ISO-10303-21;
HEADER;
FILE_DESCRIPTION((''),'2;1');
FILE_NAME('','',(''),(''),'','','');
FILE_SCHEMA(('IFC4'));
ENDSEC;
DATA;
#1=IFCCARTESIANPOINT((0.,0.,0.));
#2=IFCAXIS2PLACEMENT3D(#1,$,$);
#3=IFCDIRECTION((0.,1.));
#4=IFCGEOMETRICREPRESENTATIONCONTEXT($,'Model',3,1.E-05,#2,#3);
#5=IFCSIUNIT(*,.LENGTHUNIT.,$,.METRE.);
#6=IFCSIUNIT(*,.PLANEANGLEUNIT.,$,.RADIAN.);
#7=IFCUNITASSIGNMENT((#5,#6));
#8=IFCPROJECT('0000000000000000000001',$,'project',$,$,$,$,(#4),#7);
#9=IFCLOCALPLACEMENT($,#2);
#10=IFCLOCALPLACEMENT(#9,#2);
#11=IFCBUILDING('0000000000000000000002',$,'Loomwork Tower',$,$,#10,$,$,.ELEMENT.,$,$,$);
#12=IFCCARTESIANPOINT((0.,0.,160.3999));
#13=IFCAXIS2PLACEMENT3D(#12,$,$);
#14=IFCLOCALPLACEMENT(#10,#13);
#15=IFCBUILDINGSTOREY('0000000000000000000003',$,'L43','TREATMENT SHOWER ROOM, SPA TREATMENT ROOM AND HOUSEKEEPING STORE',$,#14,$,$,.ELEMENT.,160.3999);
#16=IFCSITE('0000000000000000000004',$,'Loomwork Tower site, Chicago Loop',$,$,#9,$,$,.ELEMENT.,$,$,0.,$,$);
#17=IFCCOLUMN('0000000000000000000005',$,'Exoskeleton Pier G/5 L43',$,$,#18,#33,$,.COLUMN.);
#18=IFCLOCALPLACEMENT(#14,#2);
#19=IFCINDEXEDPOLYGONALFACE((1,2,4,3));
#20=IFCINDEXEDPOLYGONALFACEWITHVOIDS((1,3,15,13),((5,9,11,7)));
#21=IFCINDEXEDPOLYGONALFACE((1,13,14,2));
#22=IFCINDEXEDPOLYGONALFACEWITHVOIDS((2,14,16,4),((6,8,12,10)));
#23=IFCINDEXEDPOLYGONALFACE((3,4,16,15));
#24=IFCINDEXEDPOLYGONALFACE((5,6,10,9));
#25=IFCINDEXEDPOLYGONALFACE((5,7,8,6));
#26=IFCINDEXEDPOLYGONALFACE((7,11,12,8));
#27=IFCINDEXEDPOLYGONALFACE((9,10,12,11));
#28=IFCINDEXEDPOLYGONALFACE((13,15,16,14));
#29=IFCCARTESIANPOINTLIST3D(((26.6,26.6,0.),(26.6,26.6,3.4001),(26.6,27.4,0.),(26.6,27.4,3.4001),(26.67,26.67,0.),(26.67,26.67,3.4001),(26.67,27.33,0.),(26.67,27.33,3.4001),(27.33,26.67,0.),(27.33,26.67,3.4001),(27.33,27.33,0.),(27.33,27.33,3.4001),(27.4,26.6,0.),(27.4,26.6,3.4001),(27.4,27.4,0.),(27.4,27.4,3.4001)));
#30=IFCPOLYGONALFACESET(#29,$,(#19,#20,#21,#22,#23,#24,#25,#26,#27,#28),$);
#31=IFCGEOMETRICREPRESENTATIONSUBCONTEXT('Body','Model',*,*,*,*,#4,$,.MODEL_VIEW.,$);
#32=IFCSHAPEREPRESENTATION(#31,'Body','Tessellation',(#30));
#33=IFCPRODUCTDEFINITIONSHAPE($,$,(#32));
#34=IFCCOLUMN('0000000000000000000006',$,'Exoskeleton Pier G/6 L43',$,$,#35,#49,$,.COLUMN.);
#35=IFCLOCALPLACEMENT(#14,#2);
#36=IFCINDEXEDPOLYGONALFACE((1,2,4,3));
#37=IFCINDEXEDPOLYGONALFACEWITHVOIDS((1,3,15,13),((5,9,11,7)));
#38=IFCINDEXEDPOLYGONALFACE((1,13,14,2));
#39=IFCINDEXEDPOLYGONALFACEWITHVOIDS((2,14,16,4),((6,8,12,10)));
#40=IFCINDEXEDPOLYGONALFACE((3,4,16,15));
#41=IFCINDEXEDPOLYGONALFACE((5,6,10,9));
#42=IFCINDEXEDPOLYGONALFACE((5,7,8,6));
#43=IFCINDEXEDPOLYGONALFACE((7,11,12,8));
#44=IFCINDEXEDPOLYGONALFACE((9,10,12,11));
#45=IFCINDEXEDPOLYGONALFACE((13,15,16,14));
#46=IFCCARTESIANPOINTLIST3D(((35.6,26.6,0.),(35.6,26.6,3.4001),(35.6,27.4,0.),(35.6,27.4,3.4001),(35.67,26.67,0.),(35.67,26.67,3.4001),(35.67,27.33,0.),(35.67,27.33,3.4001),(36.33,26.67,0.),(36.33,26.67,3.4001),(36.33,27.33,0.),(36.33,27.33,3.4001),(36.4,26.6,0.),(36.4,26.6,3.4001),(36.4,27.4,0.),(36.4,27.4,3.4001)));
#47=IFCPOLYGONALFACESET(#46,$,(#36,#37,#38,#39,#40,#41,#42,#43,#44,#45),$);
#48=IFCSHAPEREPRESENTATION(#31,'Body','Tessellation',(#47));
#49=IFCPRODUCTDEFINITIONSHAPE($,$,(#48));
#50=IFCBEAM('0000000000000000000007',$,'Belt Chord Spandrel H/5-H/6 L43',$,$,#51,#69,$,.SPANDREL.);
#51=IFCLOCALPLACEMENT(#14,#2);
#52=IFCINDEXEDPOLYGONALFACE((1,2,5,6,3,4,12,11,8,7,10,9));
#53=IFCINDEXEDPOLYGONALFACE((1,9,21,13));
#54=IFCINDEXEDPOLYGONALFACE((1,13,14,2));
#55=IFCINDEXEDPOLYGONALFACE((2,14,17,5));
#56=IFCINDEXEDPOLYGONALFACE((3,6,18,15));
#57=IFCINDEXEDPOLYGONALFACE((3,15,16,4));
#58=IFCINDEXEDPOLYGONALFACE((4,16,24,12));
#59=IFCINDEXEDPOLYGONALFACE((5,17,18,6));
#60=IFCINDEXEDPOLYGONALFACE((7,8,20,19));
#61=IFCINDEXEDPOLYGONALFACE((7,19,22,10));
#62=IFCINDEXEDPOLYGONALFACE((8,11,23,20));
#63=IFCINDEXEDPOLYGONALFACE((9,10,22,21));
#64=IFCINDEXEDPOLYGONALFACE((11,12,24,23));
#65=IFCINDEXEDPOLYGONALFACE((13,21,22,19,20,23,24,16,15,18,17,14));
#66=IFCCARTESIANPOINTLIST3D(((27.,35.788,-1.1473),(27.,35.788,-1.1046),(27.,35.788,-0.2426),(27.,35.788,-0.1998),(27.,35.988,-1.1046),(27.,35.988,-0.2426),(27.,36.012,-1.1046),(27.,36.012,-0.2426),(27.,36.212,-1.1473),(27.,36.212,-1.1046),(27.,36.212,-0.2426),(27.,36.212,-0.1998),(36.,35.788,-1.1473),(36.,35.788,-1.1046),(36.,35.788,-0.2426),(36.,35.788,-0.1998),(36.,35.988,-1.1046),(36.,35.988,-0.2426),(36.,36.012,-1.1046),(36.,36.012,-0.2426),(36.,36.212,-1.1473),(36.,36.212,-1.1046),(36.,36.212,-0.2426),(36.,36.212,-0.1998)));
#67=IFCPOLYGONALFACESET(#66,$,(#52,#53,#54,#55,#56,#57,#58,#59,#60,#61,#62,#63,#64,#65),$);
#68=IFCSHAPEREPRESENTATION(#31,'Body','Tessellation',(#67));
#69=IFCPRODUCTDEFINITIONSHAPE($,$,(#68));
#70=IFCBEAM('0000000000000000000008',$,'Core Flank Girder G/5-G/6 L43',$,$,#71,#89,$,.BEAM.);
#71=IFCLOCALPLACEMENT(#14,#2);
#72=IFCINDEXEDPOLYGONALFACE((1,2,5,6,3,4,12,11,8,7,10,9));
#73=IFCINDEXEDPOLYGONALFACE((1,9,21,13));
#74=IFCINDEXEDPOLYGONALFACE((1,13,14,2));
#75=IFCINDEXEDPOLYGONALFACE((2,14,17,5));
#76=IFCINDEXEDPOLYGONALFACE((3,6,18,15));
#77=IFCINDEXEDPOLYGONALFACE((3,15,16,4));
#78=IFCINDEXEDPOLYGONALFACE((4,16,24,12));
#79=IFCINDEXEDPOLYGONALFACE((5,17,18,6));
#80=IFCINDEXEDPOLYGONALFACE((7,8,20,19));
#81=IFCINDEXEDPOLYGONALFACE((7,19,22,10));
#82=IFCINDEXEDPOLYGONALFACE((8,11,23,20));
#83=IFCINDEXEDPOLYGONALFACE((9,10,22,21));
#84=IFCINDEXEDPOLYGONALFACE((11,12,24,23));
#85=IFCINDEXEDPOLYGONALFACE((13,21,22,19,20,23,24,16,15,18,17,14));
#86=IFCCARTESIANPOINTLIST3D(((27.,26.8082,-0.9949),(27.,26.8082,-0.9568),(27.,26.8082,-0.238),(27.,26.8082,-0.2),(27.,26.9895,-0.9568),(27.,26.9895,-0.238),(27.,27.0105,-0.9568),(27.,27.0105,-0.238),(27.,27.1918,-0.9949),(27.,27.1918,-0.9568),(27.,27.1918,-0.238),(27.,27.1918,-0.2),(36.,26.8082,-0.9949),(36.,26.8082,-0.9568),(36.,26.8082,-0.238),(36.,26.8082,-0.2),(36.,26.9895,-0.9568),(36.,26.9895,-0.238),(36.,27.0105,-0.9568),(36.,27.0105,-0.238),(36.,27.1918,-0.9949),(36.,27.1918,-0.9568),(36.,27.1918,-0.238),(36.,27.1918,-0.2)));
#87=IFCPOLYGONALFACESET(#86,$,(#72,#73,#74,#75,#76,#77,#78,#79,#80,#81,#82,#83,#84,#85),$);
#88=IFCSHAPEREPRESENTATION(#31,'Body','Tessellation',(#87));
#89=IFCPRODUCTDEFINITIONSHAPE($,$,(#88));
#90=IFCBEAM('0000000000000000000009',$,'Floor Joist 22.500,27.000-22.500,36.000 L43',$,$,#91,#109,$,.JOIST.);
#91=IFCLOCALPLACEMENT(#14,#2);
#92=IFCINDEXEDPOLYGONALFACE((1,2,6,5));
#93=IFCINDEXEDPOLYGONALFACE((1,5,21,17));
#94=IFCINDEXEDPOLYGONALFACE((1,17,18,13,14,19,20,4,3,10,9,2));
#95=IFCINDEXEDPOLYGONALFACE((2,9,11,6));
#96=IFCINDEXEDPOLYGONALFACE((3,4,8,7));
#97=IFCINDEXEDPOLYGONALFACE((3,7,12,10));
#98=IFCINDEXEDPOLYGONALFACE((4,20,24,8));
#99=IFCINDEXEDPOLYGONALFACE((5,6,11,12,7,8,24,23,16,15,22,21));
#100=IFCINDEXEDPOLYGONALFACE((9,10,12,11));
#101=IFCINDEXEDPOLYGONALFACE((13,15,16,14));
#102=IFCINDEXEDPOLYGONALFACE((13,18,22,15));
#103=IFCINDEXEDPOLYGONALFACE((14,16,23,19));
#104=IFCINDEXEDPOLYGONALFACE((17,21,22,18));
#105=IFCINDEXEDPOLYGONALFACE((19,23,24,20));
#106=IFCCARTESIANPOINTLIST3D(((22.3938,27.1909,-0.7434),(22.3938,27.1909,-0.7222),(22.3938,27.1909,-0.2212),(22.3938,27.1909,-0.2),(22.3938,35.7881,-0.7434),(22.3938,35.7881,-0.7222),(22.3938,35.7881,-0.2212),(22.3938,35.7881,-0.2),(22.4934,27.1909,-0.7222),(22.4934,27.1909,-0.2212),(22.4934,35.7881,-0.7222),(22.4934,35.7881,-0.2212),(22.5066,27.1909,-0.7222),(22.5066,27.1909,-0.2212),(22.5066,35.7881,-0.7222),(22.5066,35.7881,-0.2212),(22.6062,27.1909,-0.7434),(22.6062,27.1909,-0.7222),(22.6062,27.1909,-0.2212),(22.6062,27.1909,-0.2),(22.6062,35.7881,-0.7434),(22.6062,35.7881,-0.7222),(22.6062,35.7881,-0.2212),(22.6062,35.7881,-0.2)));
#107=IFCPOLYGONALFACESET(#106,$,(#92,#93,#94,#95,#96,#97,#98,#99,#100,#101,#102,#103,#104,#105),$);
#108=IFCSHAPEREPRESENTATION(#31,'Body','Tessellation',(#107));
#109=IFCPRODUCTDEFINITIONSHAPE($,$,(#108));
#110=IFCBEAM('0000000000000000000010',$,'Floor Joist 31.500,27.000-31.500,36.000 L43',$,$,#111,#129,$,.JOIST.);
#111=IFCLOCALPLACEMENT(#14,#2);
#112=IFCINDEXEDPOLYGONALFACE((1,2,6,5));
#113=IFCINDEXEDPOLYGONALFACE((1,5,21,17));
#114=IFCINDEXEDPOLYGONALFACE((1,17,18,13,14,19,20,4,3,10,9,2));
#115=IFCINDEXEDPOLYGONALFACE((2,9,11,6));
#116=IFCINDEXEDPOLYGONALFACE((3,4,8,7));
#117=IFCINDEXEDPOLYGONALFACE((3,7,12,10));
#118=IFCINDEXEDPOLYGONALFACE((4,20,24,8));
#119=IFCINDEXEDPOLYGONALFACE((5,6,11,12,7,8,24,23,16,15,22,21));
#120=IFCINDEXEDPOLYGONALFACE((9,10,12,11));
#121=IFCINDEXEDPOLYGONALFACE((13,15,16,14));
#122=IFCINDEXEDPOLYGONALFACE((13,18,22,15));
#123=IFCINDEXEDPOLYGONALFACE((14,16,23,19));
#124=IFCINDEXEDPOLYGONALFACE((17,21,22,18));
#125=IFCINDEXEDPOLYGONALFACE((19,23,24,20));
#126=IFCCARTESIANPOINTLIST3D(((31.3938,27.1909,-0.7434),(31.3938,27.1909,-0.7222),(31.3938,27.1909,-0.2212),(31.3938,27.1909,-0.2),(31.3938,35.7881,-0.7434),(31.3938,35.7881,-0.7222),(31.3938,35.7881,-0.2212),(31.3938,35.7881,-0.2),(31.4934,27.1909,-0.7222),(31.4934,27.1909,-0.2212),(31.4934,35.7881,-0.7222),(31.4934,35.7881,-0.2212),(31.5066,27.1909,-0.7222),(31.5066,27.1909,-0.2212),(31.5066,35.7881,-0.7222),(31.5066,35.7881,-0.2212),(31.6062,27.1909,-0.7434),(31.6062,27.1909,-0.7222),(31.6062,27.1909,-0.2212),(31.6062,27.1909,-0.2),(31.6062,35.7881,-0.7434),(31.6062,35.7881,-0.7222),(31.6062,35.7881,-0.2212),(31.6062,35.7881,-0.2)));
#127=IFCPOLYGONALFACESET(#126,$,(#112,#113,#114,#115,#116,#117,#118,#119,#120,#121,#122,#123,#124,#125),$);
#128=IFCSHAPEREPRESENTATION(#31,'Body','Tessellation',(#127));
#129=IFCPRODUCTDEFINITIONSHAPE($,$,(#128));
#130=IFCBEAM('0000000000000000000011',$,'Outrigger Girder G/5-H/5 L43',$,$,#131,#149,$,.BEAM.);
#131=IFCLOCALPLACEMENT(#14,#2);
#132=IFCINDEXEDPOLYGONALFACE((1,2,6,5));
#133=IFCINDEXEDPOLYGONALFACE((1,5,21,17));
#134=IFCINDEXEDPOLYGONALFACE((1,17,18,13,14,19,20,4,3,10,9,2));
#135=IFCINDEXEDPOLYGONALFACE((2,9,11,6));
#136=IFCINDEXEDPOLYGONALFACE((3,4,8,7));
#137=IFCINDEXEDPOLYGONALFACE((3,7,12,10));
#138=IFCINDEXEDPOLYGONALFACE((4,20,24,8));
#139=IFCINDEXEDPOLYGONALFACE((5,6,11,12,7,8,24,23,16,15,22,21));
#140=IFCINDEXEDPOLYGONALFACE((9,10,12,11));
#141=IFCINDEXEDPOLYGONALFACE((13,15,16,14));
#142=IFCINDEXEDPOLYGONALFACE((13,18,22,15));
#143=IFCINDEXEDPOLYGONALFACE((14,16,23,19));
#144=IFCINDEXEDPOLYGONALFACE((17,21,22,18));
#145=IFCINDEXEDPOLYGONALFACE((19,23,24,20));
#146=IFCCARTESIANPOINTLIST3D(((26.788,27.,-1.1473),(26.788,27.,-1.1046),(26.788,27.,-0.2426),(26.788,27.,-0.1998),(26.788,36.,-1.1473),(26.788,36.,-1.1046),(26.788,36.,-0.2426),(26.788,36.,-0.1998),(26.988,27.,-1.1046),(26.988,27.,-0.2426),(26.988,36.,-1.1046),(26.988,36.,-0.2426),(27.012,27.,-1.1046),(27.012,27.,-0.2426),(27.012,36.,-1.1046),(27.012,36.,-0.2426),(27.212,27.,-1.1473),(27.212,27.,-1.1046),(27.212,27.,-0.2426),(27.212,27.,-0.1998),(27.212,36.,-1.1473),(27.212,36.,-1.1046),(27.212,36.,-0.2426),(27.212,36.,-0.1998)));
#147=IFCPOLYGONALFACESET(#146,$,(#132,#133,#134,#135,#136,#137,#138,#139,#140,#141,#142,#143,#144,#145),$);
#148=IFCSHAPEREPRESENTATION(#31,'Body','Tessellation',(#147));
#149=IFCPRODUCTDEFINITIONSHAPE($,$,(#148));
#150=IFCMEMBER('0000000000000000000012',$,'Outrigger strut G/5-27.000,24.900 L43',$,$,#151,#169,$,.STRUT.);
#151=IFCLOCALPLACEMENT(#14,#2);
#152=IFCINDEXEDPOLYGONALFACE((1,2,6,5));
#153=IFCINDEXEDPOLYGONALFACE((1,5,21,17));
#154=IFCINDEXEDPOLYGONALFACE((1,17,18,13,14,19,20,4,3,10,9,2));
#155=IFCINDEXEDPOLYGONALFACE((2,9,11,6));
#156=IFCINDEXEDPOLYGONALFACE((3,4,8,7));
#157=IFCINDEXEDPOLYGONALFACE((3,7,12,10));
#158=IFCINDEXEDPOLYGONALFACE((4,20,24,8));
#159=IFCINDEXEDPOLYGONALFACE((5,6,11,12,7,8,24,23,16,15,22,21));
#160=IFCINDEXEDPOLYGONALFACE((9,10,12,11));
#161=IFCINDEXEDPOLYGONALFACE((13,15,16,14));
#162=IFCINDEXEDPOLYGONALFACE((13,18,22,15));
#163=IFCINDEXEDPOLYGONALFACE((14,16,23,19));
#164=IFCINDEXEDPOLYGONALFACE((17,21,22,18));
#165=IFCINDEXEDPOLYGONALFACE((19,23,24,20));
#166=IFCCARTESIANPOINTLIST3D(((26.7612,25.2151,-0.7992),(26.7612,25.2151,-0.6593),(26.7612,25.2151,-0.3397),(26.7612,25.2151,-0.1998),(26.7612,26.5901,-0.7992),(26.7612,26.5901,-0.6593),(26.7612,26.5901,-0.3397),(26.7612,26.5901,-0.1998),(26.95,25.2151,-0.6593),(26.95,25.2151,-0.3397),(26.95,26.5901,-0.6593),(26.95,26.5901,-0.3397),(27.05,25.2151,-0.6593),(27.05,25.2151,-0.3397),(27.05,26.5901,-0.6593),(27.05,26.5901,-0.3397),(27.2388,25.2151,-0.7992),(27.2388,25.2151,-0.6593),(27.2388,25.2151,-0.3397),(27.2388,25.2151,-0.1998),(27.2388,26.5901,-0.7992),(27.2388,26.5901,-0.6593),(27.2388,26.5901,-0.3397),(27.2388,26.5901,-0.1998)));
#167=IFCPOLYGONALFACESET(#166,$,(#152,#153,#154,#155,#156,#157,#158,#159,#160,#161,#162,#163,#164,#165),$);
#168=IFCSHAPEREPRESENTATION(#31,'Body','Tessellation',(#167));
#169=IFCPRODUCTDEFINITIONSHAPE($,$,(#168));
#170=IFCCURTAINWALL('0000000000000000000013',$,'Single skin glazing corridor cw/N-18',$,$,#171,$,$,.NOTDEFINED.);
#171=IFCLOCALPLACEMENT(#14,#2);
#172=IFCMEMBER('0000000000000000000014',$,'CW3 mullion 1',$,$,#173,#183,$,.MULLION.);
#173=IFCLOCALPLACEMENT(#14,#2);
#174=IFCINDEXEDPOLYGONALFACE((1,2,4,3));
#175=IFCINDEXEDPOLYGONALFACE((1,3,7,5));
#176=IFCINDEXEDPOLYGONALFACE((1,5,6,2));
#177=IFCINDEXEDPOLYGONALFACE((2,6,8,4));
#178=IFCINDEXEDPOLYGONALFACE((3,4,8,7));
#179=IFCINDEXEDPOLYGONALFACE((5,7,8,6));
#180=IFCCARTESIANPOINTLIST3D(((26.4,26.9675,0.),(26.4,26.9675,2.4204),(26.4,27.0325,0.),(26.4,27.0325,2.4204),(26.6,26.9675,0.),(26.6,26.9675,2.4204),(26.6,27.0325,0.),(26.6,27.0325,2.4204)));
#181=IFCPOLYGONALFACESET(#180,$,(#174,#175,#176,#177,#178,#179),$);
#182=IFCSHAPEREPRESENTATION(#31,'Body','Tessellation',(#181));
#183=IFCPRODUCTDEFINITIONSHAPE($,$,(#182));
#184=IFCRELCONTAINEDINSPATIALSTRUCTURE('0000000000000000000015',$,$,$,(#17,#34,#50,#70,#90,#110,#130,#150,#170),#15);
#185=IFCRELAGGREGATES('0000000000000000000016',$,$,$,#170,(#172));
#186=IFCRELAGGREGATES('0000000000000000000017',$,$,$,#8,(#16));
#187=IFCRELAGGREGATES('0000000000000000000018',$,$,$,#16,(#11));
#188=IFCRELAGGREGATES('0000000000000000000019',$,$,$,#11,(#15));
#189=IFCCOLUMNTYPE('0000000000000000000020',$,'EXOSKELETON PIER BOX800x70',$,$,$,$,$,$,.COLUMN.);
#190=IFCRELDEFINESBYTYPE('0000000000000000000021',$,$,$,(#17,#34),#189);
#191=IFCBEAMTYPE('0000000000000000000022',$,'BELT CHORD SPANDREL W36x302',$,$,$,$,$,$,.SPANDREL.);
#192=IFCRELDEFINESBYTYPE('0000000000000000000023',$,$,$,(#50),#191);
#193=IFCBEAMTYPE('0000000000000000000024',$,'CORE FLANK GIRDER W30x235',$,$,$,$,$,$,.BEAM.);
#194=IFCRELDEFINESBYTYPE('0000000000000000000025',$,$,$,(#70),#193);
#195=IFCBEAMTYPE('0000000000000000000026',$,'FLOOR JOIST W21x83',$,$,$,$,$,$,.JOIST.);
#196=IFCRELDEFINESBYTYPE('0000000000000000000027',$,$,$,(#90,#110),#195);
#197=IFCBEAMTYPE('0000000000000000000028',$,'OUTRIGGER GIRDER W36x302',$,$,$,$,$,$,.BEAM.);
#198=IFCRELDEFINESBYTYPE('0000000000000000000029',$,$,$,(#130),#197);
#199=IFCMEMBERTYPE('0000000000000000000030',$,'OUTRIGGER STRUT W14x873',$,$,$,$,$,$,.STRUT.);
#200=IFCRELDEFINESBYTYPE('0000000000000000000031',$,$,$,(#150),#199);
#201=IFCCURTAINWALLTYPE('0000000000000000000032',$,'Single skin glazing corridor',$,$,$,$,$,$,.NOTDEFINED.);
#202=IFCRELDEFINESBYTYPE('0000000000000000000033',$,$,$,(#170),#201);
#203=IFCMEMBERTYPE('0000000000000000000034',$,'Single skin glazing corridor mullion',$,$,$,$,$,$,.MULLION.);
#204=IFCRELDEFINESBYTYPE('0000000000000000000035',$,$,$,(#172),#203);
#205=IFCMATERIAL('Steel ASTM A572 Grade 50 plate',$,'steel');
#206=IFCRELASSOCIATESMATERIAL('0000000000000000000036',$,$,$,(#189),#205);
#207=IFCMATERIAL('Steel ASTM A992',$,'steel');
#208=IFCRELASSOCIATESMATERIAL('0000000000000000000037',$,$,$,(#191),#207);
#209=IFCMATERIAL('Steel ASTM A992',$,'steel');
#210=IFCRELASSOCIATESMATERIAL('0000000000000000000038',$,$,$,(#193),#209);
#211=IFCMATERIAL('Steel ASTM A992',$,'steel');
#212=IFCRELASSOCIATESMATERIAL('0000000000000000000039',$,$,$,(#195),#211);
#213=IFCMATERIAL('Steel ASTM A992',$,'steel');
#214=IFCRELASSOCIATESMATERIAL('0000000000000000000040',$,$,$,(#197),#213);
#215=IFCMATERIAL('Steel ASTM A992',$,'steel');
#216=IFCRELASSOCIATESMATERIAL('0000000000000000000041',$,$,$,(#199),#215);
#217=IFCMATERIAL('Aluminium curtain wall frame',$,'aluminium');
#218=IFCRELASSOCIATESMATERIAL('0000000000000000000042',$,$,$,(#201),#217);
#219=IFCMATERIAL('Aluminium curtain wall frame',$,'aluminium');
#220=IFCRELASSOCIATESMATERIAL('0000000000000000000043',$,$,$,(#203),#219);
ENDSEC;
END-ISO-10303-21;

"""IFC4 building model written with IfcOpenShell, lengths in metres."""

from ifc_helpers import new_model, si_unit, direction, frame, origin, origin_2d, place, context, subcontext, project, spatial, rectangle, hollow_rectangle, i_section, extrude, material, material_profile, profile_set, type_object, element, aggregate, save


model = new_model("IFC4")

# Units and contexts
model_context = context("Model", 3, precision=1e-05, world=origin(), true_north=direction((0.0, 1.0)))
body_context = subcontext(model_context, "Body", "Model", "MODEL_VIEW")
ifc_project = project(units=[si_unit("LENGTHUNIT", "METRE"), si_unit("PLANEANGLEUNIT", "RADIAN")], contexts=[model_context])

# Site, building, storey
site_placement = place(None, origin())
site = spatial("IfcSite", under=ifc_project, at=site_placement, Name="Loomwork Tower site, Chicago Loop", CompositionType="ELEMENT", RefElevation=0.0)
building_placement = place(site_placement, origin())
building = spatial("IfcBuilding", under=site, at=building_placement, Name="Loomwork Tower", CompositionType="ELEMENT")
storey_placement = place(building_placement, frame((0.0, 0.0, 160.3999)))
storey = spatial("IfcBuildingStorey", under=building, at=storey_placement, Name="L43", Description="TREATMENT SHOWER ROOM, SPA TREATMENT ROOM AND HOUSEKEEPING STORE", CompositionType="ELEMENT", Elevation=160.3999)

# Columns
ifc_material_1 = material(Name="Steel ASTM A572 Grade 50 plate", Category="steel")
ifc_material_profile_1 = material_profile(ifc_material_1, hollow_rectangle(XDim=0.8, YDim=0.8, WallThickness=0.0701, at=origin_2d()), Name="BOX800x70")
ifc_profile_set_1 = profile_set([ifc_material_profile_1], Name="Steel ASTM A572 Grade 50 plate")
column_type = type_object("IfcColumnType", Name="EXOSKELETON PIER BOX800x70", PredefinedType="COLUMN", material=ifc_profile_set_1)
for number, where, z_axis, x_axis, name in (
    (1, (27.0, 27.0, 0.0), (0.0, 0.0, 1.0), (1.0, 0.0, 0.0), "Exoskeleton Pier G/5 L43"),
    (2, (36.0, 27.0, 0.0), (0.0, 0.0, 1.0), (1.0, 0.0, 0.0), "Exoskeleton Pier G/6 L43"),
):
    element("IfcColumn", number, at=place(storey_placement, frame(where, z_axis=z_axis, x_axis=x_axis)), inside=storey, type_object=column_type, Name=name, PredefinedType="COLUMN", context=body_context, shape_type="SweptSolid", body=[
        extrude(hollow_rectangle(XDim=0.8, YDim=0.8, WallThickness=0.0701, at=origin_2d()), origin(), (0.0, 0.0, 1.0), 3.4001),
    ])

# Beams
ifc_material_2 = material(Name="Steel ASTM A992", Category="steel")
ifc_material_profile_2 = material_profile(ifc_material_2, i_section(OverallWidth=0.4241, OverallDepth=0.9475, WebThickness=0.0239, FlangeThickness=0.0427, at=origin_2d()), Name="W36x302")
ifc_profile_set_2 = profile_set([ifc_material_profile_2], Name="Steel ASTM A992")
beam_type_1 = type_object("IfcBeamType", Name="BELT CHORD SPANDREL W36x302", PredefinedType="SPANDREL", material=ifc_profile_set_2)
beam_1_placement = place(storey_placement, frame((27.0, 36.0, -0.6736), z_axis=(1.0, 0.0, 0.0), x_axis=(0.0, 1.0, 0.0)))
element("IfcBeam", 3, at=beam_1_placement, inside=storey, type_object=beam_type_1, Name="Belt Chord Spandrel H/5-H/6 L43", PredefinedType="SPANDREL", context=body_context, shape_type="SweptSolid", body=[
    extrude(i_section(OverallWidth=0.4241, OverallDepth=0.9475, WebThickness=0.0239, FlangeThickness=0.0427, at=origin_2d()), origin(), (0.0, 0.0, 1.0), 9.0),
])
ifc_material_3 = material(Name="Steel ASTM A992", Category="steel")
ifc_material_profile_3 = material_profile(ifc_material_3, i_section(OverallWidth=0.3835, OverallDepth=0.7949, WebThickness=0.021, FlangeThickness=0.0381, at=origin_2d()), Name="W30x235")
ifc_profile_set_3 = profile_set([ifc_material_profile_3], Name="Steel ASTM A992")
beam_type_2 = type_object("IfcBeamType", Name="CORE FLANK GIRDER W30x235", PredefinedType="BEAM", material=ifc_profile_set_3)
beam_2_placement = place(storey_placement, frame((27.0, 27.0, -0.5974), z_axis=(1.0, 0.0, 0.0), x_axis=(0.0, 1.0, 0.0)))
element("IfcBeam", 4, at=beam_2_placement, inside=storey, type_object=beam_type_2, Name="Core Flank Girder G/5-G/6 L43", PredefinedType="BEAM", context=body_context, shape_type="SweptSolid", body=[
    extrude(i_section(OverallWidth=0.3835, OverallDepth=0.7949, WebThickness=0.021, FlangeThickness=0.0381, at=origin_2d()), origin(), (0.0, 0.0, 1.0), 9.0),
])
ifc_material_4 = material(Name="Steel ASTM A992", Category="steel")
ifc_material_profile_4 = material_profile(ifc_material_4, i_section(OverallWidth=0.2124, OverallDepth=0.5435, WebThickness=0.0132, FlangeThickness=0.0212, at=origin_2d()), Name="W21x83")
ifc_profile_set_4 = profile_set([ifc_material_profile_4], Name="Steel ASTM A992")
beam_type_3 = type_object("IfcBeamType", Name="FLOOR JOIST W21x83", PredefinedType="JOIST", material=ifc_profile_set_4)
for number, where, z_axis, x_axis, name in (
    (5, (22.5, 27.1909, -0.4717), (0.0, 1.0, 0.0), (-1.0, 0.0, 0.0), "Floor Joist 22.500,27.000-22.500,36.000 L43"),
    (6, (31.5, 27.1909, -0.4717), (0.0, 1.0, 0.0), (-1.0, 0.0, 0.0), "Floor Joist 31.500,27.000-31.500,36.000 L43"),
):
    element("IfcBeam", number, at=place(storey_placement, frame(where, z_axis=z_axis, x_axis=x_axis)), inside=storey, type_object=beam_type_3, Name=name, PredefinedType="JOIST", context=body_context, shape_type="SweptSolid", body=[
        extrude(i_section(OverallWidth=0.2124, OverallDepth=0.5435, WebThickness=0.0132, FlangeThickness=0.0212, at=origin_2d()), origin(), (0.0, 0.0, 1.0), 8.5972),
    ])
ifc_material_5 = material(Name="Steel ASTM A992", Category="steel")
ifc_material_profile_5 = material_profile(ifc_material_5, i_section(OverallWidth=0.4241, OverallDepth=0.9475, WebThickness=0.0239, FlangeThickness=0.0427, at=origin_2d()), Name="W36x302")
ifc_profile_set_5 = profile_set([ifc_material_profile_5], Name="Steel ASTM A992")
beam_type_4 = type_object("IfcBeamType", Name="OUTRIGGER GIRDER W36x302", PredefinedType="BEAM", material=ifc_profile_set_5)
beam_3_placement = place(storey_placement, frame((27.0, 27.0, -0.6736), z_axis=(0.0, 1.0, 0.0), x_axis=(-1.0, 0.0, 0.0)))
element("IfcBeam", 7, at=beam_3_placement, inside=storey, type_object=beam_type_4, Name="Outrigger Girder G/5-H/5 L43", PredefinedType="BEAM", context=body_context, shape_type="SweptSolid", body=[
    extrude(i_section(OverallWidth=0.4241, OverallDepth=0.9475, WebThickness=0.0239, FlangeThickness=0.0427, at=origin_2d()), origin(), (0.0, 0.0, 1.0), 9.0),
])

# Member
ifc_material_6 = material(Name="Steel ASTM A992", Category="steel")
ifc_material_profile_6 = material_profile(ifc_material_6, i_section(OverallWidth=0.4775, OverallDepth=0.5994, WebThickness=0.1001, FlangeThickness=0.1399, at=origin_2d()), Name="W14x873")
ifc_profile_set_6 = profile_set([ifc_material_profile_6], Name="Steel ASTM A992")
member_type_1 = type_object("IfcMemberType", Name="OUTRIGGER STRUT W14x873", PredefinedType="STRUT", material=ifc_profile_set_6)
member_1_placement = place(storey_placement, frame((27.0, 26.5901, -0.4995), z_axis=(0.0, -1.0, 0.0), x_axis=(1.0, 0.0, 0.0)))
element("IfcMember", 8, at=member_1_placement, inside=storey, type_object=member_type_1, Name="Outrigger strut G/5-27.000,24.900 L43", PredefinedType="STRUT", context=body_context, shape_type="SweptSolid", body=[
    extrude(i_section(OverallWidth=0.4775, OverallDepth=0.5994, WebThickness=0.1001, FlangeThickness=0.1399, at=origin_2d()), origin(), (0.0, 0.0, 1.0), 1.375),
])

# Curtain wall, member
ifc_material_7 = material(Name="Aluminium curtain wall frame", Category="aluminium")
curtain_wall_type = type_object("IfcCurtainWallType", Name="Single skin glazing corridor", PredefinedType="NOTDEFINED", material=ifc_material_7)
curtain_wall_1_placement = place(storey_placement, origin())
curtain_wall_1 = element("IfcCurtainWall", 9, at=curtain_wall_1_placement, inside=storey, type_object=curtain_wall_type, Name="Single skin glazing corridor cw/N-18", PredefinedType="NOTDEFINED")
ifc_material_8 = material(Name="Aluminium curtain wall frame", Category="aluminium")
ifc_material_profile_7 = material_profile(ifc_material_8, rectangle(XDim=0.0649, YDim=0.2, at=origin_2d()), Name="AL 65x200")
ifc_profile_set_7 = profile_set([ifc_material_profile_7], Name="Aluminium curtain wall frame")
member_type_2 = type_object("IfcMemberType", Name="Single skin glazing corridor mullion", PredefinedType="MULLION", material=ifc_profile_set_7)
member_2_placement = place(storey_placement, frame((26.5, 27.0, 0.0), z_axis=(0.0, 0.0, 1.0), x_axis=(0.0, -1.0, 0.0)))
member_2 = element("IfcMember", 10, at=member_2_placement, type_object=member_type_2, Name="CW3 mullion 1", PredefinedType="MULLION", context=body_context, shape_type="SweptSolid", body=[
    extrude(rectangle(XDim=0.0649, YDim=0.2, at=origin_2d()), origin(), (0.0, 0.0, 1.0), 2.4204),
])

aggregate(curtain_wall_1, [member_2])

save(model, "model.ifc")
